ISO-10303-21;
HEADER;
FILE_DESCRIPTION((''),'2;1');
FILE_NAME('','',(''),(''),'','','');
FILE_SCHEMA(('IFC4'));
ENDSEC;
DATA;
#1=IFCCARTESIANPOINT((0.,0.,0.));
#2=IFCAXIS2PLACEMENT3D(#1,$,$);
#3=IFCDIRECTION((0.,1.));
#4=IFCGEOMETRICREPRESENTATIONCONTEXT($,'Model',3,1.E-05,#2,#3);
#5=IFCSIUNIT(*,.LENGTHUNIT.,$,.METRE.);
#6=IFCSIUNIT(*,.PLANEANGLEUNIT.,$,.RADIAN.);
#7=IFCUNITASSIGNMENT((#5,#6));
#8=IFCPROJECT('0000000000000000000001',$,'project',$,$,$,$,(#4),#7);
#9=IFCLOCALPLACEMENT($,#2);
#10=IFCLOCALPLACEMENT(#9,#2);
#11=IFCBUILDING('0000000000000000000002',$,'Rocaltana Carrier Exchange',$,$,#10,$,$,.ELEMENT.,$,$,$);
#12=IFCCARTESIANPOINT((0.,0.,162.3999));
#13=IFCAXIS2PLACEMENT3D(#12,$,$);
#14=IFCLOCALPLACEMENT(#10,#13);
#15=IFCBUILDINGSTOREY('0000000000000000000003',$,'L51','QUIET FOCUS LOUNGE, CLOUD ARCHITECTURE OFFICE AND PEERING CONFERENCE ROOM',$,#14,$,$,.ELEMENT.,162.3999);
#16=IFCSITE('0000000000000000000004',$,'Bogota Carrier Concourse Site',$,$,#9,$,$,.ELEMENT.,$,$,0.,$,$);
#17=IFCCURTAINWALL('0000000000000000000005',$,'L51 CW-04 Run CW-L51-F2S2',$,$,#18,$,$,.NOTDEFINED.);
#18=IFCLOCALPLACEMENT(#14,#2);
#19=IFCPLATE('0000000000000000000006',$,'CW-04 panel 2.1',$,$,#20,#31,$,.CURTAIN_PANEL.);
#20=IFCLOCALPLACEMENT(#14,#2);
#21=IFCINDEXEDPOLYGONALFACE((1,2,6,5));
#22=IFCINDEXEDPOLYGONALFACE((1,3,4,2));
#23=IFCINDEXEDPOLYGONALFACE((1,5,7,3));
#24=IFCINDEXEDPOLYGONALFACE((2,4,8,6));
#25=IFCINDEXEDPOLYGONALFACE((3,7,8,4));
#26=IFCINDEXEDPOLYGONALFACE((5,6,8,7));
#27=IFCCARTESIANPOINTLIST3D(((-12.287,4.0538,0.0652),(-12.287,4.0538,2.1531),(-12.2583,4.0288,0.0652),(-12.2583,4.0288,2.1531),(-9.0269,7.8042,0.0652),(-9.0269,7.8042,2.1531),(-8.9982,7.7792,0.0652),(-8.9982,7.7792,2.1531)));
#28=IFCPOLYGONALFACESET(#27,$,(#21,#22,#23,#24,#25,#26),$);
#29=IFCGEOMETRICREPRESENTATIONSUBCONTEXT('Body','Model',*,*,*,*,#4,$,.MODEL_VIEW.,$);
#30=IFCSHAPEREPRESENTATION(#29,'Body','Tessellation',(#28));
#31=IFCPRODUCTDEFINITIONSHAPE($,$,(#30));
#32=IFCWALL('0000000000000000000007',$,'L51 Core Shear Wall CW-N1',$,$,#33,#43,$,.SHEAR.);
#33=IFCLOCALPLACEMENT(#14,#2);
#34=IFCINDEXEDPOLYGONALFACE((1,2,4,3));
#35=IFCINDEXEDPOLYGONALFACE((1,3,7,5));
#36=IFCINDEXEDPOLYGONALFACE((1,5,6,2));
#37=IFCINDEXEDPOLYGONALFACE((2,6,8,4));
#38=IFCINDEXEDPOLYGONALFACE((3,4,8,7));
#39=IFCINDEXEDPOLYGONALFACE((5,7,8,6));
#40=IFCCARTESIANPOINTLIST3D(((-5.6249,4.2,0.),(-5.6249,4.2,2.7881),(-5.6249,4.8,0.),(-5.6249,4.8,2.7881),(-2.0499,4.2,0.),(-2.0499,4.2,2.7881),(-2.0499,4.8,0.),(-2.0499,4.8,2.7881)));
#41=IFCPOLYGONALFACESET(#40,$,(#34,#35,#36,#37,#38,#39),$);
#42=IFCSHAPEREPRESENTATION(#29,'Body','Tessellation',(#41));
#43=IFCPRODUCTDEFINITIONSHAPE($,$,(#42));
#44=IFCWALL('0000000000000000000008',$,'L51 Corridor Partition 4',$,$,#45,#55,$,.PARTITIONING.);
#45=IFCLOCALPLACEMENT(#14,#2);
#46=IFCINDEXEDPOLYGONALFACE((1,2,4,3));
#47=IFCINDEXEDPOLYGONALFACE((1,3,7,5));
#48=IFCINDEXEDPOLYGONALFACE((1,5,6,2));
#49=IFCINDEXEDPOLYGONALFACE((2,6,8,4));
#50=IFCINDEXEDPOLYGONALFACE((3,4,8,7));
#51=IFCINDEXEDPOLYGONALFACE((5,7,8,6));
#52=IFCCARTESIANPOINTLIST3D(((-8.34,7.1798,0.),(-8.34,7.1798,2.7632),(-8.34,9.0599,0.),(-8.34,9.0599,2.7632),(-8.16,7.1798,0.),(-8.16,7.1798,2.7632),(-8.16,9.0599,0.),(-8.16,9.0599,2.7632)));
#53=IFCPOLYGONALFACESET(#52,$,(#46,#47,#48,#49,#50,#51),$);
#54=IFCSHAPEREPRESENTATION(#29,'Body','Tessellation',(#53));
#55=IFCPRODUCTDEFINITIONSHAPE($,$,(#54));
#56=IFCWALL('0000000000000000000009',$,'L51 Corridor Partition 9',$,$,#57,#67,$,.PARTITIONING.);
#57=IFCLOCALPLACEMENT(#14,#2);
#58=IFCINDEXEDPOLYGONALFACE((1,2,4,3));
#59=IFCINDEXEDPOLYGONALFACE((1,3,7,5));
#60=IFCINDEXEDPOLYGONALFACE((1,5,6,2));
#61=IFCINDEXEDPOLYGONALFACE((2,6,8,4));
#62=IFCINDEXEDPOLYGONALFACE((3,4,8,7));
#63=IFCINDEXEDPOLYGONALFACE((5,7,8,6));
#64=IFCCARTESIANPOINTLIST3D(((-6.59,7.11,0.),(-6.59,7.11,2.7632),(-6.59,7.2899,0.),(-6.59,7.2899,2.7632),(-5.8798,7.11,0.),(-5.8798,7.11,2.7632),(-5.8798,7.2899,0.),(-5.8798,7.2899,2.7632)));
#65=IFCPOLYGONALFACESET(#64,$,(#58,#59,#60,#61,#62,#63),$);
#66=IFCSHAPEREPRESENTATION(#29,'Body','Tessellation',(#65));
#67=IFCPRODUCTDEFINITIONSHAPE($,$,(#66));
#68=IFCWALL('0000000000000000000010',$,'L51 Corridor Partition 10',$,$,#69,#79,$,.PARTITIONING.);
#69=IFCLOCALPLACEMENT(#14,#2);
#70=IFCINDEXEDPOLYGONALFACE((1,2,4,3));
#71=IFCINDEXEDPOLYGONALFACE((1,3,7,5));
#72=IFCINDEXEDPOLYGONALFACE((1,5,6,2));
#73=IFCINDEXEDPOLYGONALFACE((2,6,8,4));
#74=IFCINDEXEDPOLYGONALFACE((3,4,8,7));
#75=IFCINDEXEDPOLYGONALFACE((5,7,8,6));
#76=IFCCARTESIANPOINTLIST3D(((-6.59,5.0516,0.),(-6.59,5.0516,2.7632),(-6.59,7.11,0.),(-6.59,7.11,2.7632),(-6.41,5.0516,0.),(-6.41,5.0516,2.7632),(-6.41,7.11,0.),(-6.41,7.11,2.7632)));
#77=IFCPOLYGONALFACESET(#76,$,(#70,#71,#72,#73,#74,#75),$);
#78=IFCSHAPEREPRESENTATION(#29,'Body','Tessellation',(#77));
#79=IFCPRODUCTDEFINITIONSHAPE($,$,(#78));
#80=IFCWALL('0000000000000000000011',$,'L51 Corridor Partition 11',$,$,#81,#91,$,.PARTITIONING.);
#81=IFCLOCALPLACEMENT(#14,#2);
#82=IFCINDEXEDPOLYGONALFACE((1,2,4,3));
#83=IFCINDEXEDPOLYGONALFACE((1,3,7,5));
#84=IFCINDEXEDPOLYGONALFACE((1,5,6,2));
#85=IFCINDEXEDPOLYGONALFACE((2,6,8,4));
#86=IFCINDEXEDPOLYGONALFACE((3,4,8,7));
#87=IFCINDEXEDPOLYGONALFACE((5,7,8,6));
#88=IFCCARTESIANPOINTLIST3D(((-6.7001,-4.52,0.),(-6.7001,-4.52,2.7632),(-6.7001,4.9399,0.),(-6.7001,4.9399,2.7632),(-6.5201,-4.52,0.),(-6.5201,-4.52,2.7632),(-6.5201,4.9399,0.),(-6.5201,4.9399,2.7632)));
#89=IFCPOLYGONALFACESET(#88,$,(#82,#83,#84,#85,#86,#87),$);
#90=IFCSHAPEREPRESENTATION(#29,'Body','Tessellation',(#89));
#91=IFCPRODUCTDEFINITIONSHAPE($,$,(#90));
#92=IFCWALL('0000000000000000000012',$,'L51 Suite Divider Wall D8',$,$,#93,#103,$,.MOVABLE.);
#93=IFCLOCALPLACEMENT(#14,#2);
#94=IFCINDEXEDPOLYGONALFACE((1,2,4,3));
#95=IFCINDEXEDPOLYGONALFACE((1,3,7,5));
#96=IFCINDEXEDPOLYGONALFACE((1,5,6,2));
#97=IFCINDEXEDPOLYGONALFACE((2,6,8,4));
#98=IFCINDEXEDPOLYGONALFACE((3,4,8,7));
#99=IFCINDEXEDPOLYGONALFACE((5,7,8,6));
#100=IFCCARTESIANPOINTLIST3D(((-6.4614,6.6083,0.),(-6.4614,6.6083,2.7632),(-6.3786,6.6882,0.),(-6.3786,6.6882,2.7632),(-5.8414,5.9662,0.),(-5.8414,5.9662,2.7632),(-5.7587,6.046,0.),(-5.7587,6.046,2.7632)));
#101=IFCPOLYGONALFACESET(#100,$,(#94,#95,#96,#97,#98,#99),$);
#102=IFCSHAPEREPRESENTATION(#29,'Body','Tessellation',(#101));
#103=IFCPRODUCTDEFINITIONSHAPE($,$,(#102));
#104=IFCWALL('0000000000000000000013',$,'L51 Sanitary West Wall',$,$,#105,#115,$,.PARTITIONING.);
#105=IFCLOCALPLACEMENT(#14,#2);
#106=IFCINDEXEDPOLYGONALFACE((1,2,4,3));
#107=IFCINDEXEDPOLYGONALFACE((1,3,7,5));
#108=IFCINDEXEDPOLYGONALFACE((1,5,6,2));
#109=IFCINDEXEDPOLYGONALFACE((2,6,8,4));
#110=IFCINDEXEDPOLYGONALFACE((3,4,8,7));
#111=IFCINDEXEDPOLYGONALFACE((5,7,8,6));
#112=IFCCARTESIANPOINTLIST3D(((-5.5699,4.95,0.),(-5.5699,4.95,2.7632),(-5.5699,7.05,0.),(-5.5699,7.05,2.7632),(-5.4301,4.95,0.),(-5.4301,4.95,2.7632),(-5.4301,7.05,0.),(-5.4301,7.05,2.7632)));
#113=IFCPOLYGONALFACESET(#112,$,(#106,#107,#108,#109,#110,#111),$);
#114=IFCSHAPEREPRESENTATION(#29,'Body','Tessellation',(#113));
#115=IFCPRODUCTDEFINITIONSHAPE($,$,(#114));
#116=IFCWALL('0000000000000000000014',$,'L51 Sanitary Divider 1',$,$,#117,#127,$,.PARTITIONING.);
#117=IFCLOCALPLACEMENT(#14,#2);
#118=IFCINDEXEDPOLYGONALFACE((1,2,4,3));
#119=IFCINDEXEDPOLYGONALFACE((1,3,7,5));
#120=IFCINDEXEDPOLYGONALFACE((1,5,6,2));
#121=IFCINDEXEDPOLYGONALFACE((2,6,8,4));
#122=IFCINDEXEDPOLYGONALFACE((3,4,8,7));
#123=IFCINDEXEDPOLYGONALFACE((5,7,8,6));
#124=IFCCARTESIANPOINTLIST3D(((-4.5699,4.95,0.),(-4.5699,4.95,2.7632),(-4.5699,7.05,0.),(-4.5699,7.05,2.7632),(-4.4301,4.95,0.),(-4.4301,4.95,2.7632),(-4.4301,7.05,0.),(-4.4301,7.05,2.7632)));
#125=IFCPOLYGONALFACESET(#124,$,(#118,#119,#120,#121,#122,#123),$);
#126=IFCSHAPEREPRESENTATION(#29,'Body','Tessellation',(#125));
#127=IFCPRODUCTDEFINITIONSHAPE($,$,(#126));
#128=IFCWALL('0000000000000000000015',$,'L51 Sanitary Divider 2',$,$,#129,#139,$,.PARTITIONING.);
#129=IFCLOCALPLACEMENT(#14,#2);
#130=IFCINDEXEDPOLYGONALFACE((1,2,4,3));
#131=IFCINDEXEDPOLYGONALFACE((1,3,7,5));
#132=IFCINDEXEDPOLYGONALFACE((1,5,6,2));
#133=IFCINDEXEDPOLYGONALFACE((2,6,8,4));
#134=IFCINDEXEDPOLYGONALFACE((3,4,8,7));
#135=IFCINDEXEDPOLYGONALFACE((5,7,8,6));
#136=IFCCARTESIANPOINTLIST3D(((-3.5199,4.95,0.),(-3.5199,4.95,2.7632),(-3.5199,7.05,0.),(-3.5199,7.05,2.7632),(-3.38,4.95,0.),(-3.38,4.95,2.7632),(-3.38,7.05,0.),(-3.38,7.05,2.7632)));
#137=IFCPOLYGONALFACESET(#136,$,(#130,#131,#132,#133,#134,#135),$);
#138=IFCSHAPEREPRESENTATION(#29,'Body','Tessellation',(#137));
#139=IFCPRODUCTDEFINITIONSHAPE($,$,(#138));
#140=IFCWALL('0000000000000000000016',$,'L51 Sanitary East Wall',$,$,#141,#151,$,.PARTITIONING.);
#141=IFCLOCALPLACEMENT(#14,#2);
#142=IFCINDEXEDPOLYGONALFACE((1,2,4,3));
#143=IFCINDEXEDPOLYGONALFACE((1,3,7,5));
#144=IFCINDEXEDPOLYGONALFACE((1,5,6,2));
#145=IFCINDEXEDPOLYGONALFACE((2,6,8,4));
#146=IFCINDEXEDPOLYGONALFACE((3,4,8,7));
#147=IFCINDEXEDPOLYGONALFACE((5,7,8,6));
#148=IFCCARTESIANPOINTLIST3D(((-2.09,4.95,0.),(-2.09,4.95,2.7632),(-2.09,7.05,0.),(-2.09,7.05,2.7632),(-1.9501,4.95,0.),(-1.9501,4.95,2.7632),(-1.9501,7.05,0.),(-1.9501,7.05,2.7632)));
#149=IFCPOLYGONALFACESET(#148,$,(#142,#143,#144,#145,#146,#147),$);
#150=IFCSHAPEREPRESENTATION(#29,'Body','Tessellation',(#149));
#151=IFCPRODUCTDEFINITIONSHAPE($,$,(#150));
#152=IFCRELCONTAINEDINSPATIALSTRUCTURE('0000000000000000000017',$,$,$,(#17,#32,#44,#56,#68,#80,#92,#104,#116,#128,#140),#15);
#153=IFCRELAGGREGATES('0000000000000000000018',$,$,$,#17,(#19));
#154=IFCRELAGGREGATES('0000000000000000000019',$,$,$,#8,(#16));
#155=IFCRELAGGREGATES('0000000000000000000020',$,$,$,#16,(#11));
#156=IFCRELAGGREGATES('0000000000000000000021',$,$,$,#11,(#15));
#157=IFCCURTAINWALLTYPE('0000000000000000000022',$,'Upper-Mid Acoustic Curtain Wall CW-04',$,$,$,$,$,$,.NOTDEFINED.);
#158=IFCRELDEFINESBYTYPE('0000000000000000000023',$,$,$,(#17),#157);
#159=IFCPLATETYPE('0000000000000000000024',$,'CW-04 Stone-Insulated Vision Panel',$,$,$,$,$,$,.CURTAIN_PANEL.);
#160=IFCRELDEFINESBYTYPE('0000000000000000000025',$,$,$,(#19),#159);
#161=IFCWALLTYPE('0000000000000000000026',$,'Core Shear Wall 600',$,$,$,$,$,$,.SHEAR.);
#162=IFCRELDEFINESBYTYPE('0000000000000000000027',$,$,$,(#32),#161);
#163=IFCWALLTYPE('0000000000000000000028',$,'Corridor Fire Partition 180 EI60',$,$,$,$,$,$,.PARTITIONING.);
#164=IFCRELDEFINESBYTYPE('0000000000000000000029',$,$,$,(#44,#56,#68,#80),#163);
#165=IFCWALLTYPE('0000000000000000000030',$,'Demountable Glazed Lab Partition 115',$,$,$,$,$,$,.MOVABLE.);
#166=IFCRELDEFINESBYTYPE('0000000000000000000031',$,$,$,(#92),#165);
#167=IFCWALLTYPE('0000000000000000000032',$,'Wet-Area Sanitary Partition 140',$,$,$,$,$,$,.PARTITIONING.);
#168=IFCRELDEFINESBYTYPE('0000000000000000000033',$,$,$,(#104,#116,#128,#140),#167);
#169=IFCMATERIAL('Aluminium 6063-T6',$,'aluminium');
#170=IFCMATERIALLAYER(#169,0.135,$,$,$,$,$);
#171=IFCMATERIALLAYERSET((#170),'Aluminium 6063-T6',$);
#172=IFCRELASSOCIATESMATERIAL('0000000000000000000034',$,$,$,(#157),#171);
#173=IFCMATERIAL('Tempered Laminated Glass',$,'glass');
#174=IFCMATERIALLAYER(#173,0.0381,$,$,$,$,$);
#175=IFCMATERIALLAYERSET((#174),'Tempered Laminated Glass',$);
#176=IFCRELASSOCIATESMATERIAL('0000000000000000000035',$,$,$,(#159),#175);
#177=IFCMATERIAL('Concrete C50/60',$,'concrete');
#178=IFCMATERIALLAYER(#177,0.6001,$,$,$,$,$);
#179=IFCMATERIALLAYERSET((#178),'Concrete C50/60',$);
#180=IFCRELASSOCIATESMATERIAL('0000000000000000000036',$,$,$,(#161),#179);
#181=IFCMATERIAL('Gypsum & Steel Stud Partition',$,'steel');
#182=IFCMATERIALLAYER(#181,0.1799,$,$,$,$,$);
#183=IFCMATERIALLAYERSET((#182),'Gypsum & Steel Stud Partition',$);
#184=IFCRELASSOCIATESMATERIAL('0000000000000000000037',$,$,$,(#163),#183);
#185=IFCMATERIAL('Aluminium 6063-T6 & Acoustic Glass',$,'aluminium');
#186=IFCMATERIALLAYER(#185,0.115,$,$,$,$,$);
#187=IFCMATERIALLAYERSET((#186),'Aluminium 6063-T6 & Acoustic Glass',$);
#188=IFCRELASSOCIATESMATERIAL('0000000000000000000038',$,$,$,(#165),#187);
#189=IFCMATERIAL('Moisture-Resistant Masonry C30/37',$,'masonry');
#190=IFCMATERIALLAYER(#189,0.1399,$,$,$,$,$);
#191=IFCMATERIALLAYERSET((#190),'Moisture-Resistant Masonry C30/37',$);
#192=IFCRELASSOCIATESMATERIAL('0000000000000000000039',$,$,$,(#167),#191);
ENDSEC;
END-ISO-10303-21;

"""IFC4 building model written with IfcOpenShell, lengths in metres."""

from ifc_helpers import new_model, si_unit, direction, frame, frame_2d, origin, origin_2d, place, context, subcontext, project, spatial, rectangle, extrude, material, layer, layer_set, type_object, element, aggregate, save


model = new_model("IFC4")

# Units and contexts
model_context = context("Model", 3, precision=1e-05, world=origin(), true_north=direction((0.0, 1.0)))
body_context = subcontext(model_context, "Body", "Model", "MODEL_VIEW")
ifc_project = project(units=[si_unit("LENGTHUNIT", "METRE"), si_unit("PLANEANGLEUNIT", "RADIAN")], contexts=[model_context])

# Site, building, storey
site_placement = place(None, origin())
site = spatial("IfcSite", under=ifc_project, at=site_placement, Name="Bogota Carrier Concourse Site", CompositionType="ELEMENT", RefElevation=0.0)
building_placement = place(site_placement, origin())
building = spatial("IfcBuilding", under=site, at=building_placement, Name="Rocaltana Carrier Exchange", CompositionType="ELEMENT")
storey_placement = place(building_placement, frame((0.0, 0.0, 162.3999)))
storey = spatial("IfcBuildingStorey", under=building, at=storey_placement, Name="L51", Description="QUIET FOCUS LOUNGE, CLOUD ARCHITECTURE OFFICE AND PEERING CONFERENCE ROOM", CompositionType="ELEMENT", Elevation=162.3999)

# Curtain wall
ifc_material_1 = material(Name="Aluminium 6063-T6", Category="aluminium")
ifc_layer_1 = layer(ifc_material_1, 0.135)
ifc_layer_set_1 = layer_set([ifc_layer_1], Name="Aluminium 6063-T6")
curtain_wall_type = type_object("IfcCurtainWallType", Name="Upper-Mid Acoustic Curtain Wall CW-04", PredefinedType="NOTDEFINED", material=ifc_layer_set_1)
curtain_wall_placement = place(storey_placement, origin())
curtain_wall = element("IfcCurtainWall", 1, at=curtain_wall_placement, inside=storey, type_object=curtain_wall_type, Name="L51 CW-04 Run CW-L51-F2S2", PredefinedType="NOTDEFINED")

# Plate
ifc_material_2 = material(Name="Tempered Laminated Glass", Category="glass")
ifc_layer_2 = layer(ifc_material_2, 0.0381)
ifc_layer_set_2 = layer_set([ifc_layer_2], Name="Tempered Laminated Glass")
plate_type = type_object("IfcPlateType", Name="CW-04 Stone-Insulated Vision Panel", PredefinedType="CURTAIN_PANEL", material=ifc_layer_set_2)
plate_placement = place(storey_placement, frame((-10.6426, 5.9165, 0.0652), z_axis=(0.0, 0.0, 1.0), x_axis=(-0.656057, -0.754712, 0.0)))
plate = element("IfcPlate", 2, at=plate_placement, type_object=plate_type, Name="CW-04 panel 2.1", PredefinedType="CURTAIN_PANEL", context=body_context, shape_type="SweptSolid", body=[
    extrude(rectangle(XDim=4.9692, YDim=0.0381, at=origin_2d()), origin(), (0.0, 0.0, 1.0), 2.0879),
])
aggregate(curtain_wall, [plate])

# Walls
ifc_material_3 = material(Name="Concrete C50/60", Category="concrete")
ifc_layer_3 = layer(ifc_material_3, 0.6001)
ifc_layer_set_3 = layer_set([ifc_layer_3], Name="Concrete C50/60")
wall_type_1 = type_object("IfcWallType", Name="Core Shear Wall 600", PredefinedType="SHEAR", material=ifc_layer_set_3)
wall_1_placement = place(storey_placement, frame((-5.625, 4.5, 0.0), z_axis=(0.0, 0.0, 1.0), x_axis=(1.0, 0.0, 0.0)))
element("IfcWall", 3, at=wall_1_placement, inside=storey, type_object=wall_type_1, Name="L51 Core Shear Wall CW-N1", PredefinedType="SHEAR", context=body_context, shape_type="SweptSolid", body=[
    extrude(rectangle(XDim=3.575, YDim=0.6001, at=frame_2d((1.7876, 0.0))), origin(), (0.0, 0.0, 1.0), 2.7881),
])
ifc_material_4 = material(Name="Gypsum & Steel Stud Partition", Category="steel")
ifc_layer_4 = layer(ifc_material_4, 0.1799)
ifc_layer_set_4 = layer_set([ifc_layer_4], Name="Gypsum & Steel Stud Partition")
wall_type_2 = type_object("IfcWallType", Name="Corridor Fire Partition 180 EI60", PredefinedType="PARTITIONING", material=ifc_layer_set_4)
wall_2_placement = place(storey_placement, frame((-8.25, 7.1799, 0.0), z_axis=(0.0, 0.0, 1.0), x_axis=(0.0, 1.0, 0.0)))
element("IfcWall", 4, at=wall_2_placement, inside=storey, type_object=wall_type_2, Name="L51 Corridor Partition 4", PredefinedType="PARTITIONING", context=body_context, shape_type="SweptSolid", body=[
    extrude(rectangle(XDim=1.8801, YDim=0.1799, at=frame_2d((0.9399, 0.0))), origin(), (0.0, 0.0, 1.0), 2.7632),
])
wall_3_placement = place(storey_placement, frame((-5.8799, 7.2, 0.0), z_axis=(0.0, 0.0, 1.0), x_axis=(-1.0, 0.0, 0.0)))
element("IfcWall", 5, at=wall_3_placement, inside=storey, type_object=wall_type_2, Name="L51 Corridor Partition 9", PredefinedType="PARTITIONING", context=body_context, shape_type="SweptSolid", body=[
    extrude(rectangle(XDim=0.7102, YDim=0.1799, at=frame_2d((0.355, 0.0))), origin(), (0.0, 0.0, 1.0), 2.7632),
])
wall_4_placement = place(storey_placement, frame((-6.5, 7.1101, 0.0), z_axis=(0.0, 0.0, 1.0), x_axis=(0.0, -1.0, 0.0)))
element("IfcWall", 6, at=wall_4_placement, inside=storey, type_object=wall_type_2, Name="L51 Corridor Partition 10", PredefinedType="PARTITIONING", context=body_context, shape_type="SweptSolid", body=[
    extrude(rectangle(XDim=2.0583, YDim=0.1799, at=frame_2d((1.0293, 0.0))), origin(), (0.0, 0.0, 1.0), 2.7632),
])
wall_5_placement = place(storey_placement, frame((-6.6101, 4.9399, 0.0), z_axis=(0.0, 0.0, 1.0), x_axis=(0.0, -1.0, 0.0)))
element("IfcWall", 7, at=wall_5_placement, inside=storey, type_object=wall_type_2, Name="L51 Corridor Partition 11", PredefinedType="PARTITIONING", context=body_context, shape_type="SweptSolid", body=[
    extrude(rectangle(XDim=9.46, YDim=0.1799, at=frame_2d((4.73, 0.0))), origin(), (0.0, 0.0, 1.0), 2.7632),
])
ifc_material_5 = material(Name="Aluminium 6063-T6 & Acoustic Glass", Category="aluminium")
ifc_layer_5 = layer(ifc_material_5, 0.115)
ifc_layer_set_5 = layer_set([ifc_layer_5], Name="Aluminium 6063-T6 & Acoustic Glass")
wall_type_3 = type_object("IfcWallType", Name="Demountable Glazed Lab Partition 115", PredefinedType="MOVABLE", material=ifc_layer_set_5)
wall_6_placement = place(storey_placement, frame((-5.8, 6.0061, 0.0), z_axis=(0.0, 0.0, 1.0), x_axis=(-0.694551, 0.719444, 0.0)))
element("IfcWall", 8, at=wall_6_placement, inside=storey, type_object=wall_type_3, Name="L51 Suite Divider Wall D8", PredefinedType="MOVABLE", context=body_context, shape_type="SweptSolid", body=[
    extrude(rectangle(XDim=0.8926, YDim=0.115, at=frame_2d((0.4463, 0.0))), origin(), (0.0, 0.0, 1.0), 2.7632),
])
ifc_material_6 = material(Name="Moisture-Resistant Masonry C30/37", Category="masonry")
ifc_layer_6 = layer(ifc_material_6, 0.1399)
ifc_layer_set_6 = layer_set([ifc_layer_6], Name="Moisture-Resistant Masonry C30/37")
wall_type_4 = type_object("IfcWallType", Name="Wet-Area Sanitary Partition 140", PredefinedType="PARTITIONING", material=ifc_layer_set_6)
for number, where, z_axis, x_axis, name in (
    (9, (-5.5, 4.95, 0.0), (0.0, 0.0, 1.0), (0.0, 1.0, 0.0), "L51 Sanitary West Wall"),
    (10, (-4.5, 4.95, 0.0), (0.0, 0.0, 1.0), (0.0, 1.0, 0.0), "L51 Sanitary Divider 1"),
    (11, (-3.45, 4.95, 0.0), (0.0, 0.0, 1.0), (0.0, 1.0, 0.0), "L51 Sanitary Divider 2"),
    (12, (-2.02, 4.95, 0.0), (0.0, 0.0, 1.0), (0.0, 1.0, 0.0), "L51 Sanitary East Wall"),
):
    element("IfcWall", number, at=place(storey_placement, frame(where, z_axis=z_axis, x_axis=x_axis)), inside=storey, type_object=wall_type_4, Name=name, PredefinedType="PARTITIONING", context=body_context, shape_type="SweptSolid", body=[
        extrude(rectangle(XDim=2.1001, YDim=0.1399, at=frame_2d((1.05, 0.0))), origin(), (0.0, 0.0, 1.0), 2.7632),
    ])

save(model, "model.ifc")
